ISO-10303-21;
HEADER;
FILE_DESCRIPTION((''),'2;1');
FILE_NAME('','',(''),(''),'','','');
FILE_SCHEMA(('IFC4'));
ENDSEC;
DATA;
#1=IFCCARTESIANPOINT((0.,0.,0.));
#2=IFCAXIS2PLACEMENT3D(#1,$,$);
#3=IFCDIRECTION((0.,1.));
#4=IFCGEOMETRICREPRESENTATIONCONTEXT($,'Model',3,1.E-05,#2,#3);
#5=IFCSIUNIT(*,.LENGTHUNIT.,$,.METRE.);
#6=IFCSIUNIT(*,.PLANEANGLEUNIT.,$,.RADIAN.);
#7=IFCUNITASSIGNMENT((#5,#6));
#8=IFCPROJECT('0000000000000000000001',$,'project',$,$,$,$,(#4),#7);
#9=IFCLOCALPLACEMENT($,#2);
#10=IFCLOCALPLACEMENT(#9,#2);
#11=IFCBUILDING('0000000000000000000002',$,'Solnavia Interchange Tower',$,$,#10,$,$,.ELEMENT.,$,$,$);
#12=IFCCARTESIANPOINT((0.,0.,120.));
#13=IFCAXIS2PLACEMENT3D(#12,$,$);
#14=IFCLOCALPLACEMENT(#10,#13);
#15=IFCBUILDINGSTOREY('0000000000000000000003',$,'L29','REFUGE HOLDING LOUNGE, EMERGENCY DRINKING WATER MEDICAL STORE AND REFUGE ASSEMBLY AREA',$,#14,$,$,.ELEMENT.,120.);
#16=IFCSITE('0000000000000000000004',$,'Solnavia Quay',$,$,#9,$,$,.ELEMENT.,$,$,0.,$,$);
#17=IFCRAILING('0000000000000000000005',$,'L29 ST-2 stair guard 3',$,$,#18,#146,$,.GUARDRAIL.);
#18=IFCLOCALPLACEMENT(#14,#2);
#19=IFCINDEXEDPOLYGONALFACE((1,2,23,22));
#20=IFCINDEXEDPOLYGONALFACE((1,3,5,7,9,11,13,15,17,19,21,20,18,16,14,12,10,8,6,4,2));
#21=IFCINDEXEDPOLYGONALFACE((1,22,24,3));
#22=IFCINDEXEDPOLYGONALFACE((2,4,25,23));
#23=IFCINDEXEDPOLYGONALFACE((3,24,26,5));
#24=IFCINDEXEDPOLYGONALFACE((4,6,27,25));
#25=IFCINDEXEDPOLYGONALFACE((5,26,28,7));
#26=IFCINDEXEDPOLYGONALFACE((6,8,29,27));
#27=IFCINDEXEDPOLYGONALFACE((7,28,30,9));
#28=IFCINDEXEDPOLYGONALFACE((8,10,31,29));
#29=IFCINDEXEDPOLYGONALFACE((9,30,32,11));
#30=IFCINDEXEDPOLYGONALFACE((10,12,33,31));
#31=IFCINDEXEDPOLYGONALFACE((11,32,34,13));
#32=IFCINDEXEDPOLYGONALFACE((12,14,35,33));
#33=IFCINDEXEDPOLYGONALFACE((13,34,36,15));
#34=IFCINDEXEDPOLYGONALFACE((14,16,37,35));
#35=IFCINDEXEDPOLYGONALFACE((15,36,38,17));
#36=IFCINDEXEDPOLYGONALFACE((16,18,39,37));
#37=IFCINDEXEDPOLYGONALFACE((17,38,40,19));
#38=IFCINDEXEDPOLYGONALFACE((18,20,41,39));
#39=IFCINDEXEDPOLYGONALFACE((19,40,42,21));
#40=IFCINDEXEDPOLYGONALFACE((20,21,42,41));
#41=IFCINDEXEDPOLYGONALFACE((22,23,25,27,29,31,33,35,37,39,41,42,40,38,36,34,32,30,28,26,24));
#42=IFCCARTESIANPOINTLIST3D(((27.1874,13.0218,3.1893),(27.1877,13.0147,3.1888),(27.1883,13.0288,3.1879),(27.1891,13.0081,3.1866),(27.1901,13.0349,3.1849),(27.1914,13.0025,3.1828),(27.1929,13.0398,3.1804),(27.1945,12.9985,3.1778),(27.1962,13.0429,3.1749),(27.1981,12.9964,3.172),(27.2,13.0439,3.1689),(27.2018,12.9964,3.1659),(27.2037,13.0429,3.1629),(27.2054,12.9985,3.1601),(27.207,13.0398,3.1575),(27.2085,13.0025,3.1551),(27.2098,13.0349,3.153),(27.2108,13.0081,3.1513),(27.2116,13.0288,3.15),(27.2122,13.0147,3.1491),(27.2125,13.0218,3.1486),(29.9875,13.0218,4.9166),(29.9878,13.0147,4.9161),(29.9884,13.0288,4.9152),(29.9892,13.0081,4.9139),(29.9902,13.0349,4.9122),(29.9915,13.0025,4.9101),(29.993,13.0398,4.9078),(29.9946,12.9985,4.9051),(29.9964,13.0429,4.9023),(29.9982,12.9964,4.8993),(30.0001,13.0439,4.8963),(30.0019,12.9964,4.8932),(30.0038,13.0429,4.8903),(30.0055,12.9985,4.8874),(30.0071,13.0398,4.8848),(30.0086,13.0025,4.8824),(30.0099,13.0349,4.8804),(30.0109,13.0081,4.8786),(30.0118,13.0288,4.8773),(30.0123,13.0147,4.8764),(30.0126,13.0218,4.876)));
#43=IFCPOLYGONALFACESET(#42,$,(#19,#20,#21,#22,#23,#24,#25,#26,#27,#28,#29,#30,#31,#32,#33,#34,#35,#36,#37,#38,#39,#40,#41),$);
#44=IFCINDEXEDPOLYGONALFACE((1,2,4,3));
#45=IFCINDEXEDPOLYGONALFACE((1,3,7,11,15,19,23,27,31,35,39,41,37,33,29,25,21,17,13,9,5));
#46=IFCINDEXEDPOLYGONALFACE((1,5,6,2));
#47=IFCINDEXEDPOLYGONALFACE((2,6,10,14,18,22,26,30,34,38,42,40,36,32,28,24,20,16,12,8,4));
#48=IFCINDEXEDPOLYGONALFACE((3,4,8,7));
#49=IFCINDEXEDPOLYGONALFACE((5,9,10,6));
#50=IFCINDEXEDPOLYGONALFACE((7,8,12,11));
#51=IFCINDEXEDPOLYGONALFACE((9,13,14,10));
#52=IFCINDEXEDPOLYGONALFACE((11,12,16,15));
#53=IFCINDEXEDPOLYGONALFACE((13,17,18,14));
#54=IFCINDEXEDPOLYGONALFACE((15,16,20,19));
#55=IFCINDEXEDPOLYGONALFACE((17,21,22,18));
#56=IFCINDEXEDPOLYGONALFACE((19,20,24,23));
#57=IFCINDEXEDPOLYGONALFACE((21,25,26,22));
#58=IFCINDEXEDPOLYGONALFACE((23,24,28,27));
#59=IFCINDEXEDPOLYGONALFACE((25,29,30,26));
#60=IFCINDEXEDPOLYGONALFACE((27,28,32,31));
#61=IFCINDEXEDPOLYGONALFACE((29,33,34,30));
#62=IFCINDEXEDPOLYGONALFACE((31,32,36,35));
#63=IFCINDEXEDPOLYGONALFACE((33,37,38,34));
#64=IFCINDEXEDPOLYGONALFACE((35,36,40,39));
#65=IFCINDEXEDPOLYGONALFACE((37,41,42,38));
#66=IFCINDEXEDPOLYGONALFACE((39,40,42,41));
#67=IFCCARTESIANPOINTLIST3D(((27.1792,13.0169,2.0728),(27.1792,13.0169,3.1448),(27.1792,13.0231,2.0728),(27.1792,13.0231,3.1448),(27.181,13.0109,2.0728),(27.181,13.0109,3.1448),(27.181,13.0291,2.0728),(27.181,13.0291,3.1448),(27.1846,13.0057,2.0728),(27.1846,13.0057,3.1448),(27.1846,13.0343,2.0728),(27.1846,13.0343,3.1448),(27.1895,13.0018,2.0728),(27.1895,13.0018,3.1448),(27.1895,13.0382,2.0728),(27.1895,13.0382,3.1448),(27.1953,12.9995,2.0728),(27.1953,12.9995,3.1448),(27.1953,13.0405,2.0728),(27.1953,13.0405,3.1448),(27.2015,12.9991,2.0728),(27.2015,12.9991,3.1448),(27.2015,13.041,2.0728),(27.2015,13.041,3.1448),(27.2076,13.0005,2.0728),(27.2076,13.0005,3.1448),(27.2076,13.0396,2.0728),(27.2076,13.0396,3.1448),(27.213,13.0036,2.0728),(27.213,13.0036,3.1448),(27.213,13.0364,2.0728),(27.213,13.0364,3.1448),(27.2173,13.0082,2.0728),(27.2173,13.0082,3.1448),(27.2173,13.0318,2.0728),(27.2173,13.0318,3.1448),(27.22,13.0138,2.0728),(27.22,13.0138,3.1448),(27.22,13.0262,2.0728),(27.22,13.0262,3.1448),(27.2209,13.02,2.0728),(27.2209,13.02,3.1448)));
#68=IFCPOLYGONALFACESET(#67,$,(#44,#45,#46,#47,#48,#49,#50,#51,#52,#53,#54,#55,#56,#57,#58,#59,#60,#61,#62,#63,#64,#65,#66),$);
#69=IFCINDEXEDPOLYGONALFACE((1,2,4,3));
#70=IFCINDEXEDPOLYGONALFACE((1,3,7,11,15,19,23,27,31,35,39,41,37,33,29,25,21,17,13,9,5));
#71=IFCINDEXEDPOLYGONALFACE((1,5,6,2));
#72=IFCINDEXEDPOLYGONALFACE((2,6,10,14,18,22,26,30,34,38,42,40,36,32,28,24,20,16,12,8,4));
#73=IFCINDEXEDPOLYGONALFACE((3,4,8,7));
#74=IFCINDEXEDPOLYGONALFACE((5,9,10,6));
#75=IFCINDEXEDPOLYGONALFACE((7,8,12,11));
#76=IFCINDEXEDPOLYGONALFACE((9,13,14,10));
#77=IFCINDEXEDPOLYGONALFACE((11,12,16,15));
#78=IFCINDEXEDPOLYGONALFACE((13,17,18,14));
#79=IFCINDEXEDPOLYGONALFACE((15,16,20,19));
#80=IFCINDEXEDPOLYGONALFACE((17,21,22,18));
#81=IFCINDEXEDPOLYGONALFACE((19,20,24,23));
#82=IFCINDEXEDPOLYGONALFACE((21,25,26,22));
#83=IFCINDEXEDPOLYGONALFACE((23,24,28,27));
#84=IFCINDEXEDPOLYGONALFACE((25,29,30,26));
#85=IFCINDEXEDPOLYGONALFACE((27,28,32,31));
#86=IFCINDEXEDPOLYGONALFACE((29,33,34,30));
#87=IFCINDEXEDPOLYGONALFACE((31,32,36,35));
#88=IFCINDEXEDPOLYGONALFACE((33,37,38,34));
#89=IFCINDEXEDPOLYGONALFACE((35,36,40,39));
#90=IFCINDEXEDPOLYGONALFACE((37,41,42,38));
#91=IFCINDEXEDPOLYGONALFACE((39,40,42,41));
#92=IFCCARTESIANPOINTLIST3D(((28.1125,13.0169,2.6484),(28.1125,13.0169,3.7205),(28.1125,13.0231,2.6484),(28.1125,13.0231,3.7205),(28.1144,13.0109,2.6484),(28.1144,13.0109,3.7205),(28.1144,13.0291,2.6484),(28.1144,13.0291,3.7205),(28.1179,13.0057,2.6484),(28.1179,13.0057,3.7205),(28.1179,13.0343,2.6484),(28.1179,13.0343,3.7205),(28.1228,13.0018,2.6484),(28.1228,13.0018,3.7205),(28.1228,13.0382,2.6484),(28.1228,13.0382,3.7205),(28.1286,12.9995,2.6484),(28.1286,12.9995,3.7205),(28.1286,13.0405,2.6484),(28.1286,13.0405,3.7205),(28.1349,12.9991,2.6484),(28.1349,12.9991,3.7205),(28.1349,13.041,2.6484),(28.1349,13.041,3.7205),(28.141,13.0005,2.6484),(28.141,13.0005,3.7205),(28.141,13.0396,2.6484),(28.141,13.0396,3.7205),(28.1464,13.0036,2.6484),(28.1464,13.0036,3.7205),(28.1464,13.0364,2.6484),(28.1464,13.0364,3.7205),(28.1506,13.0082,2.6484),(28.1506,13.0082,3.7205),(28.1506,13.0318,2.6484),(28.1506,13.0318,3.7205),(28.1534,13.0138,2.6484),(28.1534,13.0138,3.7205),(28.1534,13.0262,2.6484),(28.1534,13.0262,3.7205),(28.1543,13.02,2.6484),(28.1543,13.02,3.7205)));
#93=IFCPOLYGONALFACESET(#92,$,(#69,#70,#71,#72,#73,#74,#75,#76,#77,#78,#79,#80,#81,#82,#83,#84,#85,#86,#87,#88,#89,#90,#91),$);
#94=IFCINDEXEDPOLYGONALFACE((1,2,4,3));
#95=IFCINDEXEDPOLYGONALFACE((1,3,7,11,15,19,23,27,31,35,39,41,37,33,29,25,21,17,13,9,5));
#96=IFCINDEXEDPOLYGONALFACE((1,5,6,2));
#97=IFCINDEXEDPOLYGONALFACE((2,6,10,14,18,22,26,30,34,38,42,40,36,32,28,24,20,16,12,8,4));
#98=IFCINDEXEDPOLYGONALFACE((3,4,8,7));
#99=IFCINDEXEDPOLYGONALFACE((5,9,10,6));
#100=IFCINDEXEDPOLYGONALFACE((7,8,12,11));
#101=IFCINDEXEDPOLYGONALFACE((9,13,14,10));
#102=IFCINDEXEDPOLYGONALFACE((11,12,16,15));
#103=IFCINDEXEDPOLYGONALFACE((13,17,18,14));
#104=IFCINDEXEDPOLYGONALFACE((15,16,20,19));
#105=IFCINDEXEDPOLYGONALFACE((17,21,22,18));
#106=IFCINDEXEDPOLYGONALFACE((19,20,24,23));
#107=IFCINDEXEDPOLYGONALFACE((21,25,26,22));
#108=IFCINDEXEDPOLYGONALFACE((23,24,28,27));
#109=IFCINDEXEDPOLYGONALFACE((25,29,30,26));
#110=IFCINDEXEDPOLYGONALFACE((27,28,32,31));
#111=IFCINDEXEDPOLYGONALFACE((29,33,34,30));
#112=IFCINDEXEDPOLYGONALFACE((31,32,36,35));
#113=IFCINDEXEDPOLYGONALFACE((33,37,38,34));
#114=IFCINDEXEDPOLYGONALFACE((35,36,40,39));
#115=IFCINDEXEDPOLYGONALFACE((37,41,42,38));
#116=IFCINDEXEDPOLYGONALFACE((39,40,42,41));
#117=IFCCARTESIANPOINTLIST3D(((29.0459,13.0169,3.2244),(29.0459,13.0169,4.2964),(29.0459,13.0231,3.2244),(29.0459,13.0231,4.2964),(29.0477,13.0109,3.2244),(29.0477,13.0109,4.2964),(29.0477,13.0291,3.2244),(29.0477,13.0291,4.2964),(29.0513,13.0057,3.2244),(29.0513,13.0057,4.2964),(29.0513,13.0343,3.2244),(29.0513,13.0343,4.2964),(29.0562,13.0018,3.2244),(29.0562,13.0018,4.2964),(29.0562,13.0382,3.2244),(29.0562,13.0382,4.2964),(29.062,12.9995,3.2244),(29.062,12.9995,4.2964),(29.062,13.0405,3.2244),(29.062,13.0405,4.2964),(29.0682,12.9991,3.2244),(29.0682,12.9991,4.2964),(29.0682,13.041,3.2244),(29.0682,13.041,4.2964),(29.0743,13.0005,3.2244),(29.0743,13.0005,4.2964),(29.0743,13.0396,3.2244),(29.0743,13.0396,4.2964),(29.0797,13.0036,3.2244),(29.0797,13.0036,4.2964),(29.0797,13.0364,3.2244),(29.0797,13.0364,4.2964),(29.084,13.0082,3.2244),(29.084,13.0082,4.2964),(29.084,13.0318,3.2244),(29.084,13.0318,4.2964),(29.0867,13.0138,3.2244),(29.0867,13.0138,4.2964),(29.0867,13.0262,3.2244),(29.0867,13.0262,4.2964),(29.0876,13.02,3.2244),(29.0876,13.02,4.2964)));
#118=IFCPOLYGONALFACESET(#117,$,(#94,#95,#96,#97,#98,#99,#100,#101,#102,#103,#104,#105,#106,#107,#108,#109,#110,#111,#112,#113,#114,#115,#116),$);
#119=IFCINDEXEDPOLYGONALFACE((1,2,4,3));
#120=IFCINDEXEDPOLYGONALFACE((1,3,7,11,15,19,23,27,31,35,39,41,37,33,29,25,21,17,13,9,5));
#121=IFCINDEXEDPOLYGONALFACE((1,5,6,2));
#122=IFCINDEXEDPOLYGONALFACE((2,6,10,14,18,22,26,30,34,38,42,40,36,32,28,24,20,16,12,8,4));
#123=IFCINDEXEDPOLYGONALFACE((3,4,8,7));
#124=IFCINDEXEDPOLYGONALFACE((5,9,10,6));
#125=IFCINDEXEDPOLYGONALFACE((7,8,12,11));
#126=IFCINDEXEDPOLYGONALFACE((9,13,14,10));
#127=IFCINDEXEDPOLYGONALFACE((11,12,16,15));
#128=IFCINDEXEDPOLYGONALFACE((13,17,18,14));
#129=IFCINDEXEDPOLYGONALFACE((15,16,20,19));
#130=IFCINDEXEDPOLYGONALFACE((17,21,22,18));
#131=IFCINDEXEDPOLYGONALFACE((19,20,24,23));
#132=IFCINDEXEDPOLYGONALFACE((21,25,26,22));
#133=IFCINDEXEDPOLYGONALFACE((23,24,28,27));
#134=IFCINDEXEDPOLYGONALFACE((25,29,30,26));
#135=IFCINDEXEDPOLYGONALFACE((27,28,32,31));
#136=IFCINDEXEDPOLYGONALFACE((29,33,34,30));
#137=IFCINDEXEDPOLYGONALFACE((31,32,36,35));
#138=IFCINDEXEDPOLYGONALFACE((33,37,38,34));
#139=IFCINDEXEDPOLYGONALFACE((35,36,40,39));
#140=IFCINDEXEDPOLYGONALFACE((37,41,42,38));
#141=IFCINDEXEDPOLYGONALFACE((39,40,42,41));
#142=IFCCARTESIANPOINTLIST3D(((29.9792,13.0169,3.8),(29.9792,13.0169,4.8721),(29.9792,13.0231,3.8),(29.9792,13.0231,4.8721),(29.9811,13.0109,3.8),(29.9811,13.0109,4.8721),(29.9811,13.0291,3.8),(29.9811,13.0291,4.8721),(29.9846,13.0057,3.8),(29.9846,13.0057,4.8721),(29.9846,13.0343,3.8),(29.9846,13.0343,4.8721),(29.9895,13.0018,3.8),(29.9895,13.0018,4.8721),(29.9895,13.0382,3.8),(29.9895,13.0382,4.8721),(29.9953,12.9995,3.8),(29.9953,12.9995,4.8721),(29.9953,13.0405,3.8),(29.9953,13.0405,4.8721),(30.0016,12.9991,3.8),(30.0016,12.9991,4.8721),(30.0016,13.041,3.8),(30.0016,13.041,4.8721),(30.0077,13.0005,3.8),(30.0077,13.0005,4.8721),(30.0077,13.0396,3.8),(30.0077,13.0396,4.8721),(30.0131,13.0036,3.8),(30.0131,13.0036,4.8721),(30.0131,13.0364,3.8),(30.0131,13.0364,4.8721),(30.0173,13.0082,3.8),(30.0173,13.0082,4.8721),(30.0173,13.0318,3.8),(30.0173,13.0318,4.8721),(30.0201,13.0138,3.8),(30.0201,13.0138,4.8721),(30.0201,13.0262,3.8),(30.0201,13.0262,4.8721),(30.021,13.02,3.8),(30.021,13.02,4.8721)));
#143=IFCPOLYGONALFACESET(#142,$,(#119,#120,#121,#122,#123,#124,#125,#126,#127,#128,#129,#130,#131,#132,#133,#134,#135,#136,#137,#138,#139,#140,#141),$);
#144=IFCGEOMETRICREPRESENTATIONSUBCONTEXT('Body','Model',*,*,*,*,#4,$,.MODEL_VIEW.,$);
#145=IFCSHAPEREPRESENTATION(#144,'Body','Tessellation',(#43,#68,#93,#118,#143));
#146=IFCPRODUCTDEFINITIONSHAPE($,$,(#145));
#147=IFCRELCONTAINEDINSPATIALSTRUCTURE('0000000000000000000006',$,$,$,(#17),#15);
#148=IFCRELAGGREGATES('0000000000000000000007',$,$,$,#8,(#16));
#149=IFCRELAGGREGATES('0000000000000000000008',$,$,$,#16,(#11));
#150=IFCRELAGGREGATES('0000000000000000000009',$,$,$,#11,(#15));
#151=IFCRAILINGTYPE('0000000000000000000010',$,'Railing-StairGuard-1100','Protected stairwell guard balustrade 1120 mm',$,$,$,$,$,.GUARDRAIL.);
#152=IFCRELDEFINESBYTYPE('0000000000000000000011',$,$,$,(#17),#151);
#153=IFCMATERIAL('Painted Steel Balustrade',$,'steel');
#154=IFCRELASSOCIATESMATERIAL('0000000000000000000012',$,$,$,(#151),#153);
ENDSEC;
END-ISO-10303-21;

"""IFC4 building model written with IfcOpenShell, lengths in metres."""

from ifc_helpers import new_model, si_unit, direction, frame, origin, origin_2d, place, context, subcontext, project, spatial, circle, extrude, material, type_object, element, save


model = new_model("IFC4")

# Units and contexts
model_context = context("Model", 3, precision=1e-05, world=origin(), true_north=direction((0.0, 1.0)))
body_context = subcontext(model_context, "Body", "Model", "MODEL_VIEW")
ifc_project = project(units=[si_unit("LENGTHUNIT", "METRE"), si_unit("PLANEANGLEUNIT", "RADIAN")], contexts=[model_context])

# Site, building, storey
site_placement = place(None, origin())
site = spatial("IfcSite", under=ifc_project, at=site_placement, Name="Solnavia Quay", CompositionType="ELEMENT", RefElevation=0.0)
building_placement = place(site_placement, origin())
building = spatial("IfcBuilding", under=site, at=building_placement, Name="Solnavia Interchange Tower", CompositionType="ELEMENT")
storey_placement = place(building_placement, frame((0.0, 0.0, 120.0)))
storey = spatial("IfcBuildingStorey", under=building, at=storey_placement, Name="L29", Description="REFUGE HOLDING LOUNGE, EMERGENCY DRINKING WATER MEDICAL STORE AND REFUGE ASSEMBLY AREA", CompositionType="ELEMENT", Elevation=120.0)

# Railing
ifc_material_1 = material(Name="Painted Steel Balustrade", Category="steel")
railing_type_1 = type_object("IfcRailingType", Name="Railing-StairGuard-1100", Description="Protected stairwell guard balustrade 1120 mm", PredefinedType="GUARDRAIL", material=ifc_material_1)
railing_1_placement = place(storey_placement, frame((27.2, 13.02, 2.0728)))
element("IfcRailing", 1, at=railing_1_placement, inside=storey, type_object=railing_type_1, Name="L29 ST-2 stair guard 3", PredefinedType="GUARDRAIL", context=body_context, shape_type="SweptSolid", body=[
    extrude(circle(Radius=0.0239, at=origin_2d()), frame((0.0, 0.0, 1.0962), z_axis=(0.85109, 0.0, 0.52502), x_axis=(0.0, 1.0, 0.0)), (0.0, 0.0, 1.0), 3.29),
    extrude(circle(Radius=0.021, at=origin_2d()), origin(), (0.0, 0.0, 1.0), 1.072),
    extrude(circle(Radius=0.021, at=origin_2d()), frame((0.9333, 0.0, 0.5757)), (0.0, 0.0, 1.0), 1.072),
    extrude(circle(Radius=0.021, at=origin_2d()), frame((1.8667, 0.0, 1.1516)), (0.0, 0.0, 1.0), 1.072),
    extrude(circle(Radius=0.021, at=origin_2d()), frame((2.8, 0.0, 1.7273)), (0.0, 0.0, 1.0), 1.072),
])

save(model, "model.ifc")
